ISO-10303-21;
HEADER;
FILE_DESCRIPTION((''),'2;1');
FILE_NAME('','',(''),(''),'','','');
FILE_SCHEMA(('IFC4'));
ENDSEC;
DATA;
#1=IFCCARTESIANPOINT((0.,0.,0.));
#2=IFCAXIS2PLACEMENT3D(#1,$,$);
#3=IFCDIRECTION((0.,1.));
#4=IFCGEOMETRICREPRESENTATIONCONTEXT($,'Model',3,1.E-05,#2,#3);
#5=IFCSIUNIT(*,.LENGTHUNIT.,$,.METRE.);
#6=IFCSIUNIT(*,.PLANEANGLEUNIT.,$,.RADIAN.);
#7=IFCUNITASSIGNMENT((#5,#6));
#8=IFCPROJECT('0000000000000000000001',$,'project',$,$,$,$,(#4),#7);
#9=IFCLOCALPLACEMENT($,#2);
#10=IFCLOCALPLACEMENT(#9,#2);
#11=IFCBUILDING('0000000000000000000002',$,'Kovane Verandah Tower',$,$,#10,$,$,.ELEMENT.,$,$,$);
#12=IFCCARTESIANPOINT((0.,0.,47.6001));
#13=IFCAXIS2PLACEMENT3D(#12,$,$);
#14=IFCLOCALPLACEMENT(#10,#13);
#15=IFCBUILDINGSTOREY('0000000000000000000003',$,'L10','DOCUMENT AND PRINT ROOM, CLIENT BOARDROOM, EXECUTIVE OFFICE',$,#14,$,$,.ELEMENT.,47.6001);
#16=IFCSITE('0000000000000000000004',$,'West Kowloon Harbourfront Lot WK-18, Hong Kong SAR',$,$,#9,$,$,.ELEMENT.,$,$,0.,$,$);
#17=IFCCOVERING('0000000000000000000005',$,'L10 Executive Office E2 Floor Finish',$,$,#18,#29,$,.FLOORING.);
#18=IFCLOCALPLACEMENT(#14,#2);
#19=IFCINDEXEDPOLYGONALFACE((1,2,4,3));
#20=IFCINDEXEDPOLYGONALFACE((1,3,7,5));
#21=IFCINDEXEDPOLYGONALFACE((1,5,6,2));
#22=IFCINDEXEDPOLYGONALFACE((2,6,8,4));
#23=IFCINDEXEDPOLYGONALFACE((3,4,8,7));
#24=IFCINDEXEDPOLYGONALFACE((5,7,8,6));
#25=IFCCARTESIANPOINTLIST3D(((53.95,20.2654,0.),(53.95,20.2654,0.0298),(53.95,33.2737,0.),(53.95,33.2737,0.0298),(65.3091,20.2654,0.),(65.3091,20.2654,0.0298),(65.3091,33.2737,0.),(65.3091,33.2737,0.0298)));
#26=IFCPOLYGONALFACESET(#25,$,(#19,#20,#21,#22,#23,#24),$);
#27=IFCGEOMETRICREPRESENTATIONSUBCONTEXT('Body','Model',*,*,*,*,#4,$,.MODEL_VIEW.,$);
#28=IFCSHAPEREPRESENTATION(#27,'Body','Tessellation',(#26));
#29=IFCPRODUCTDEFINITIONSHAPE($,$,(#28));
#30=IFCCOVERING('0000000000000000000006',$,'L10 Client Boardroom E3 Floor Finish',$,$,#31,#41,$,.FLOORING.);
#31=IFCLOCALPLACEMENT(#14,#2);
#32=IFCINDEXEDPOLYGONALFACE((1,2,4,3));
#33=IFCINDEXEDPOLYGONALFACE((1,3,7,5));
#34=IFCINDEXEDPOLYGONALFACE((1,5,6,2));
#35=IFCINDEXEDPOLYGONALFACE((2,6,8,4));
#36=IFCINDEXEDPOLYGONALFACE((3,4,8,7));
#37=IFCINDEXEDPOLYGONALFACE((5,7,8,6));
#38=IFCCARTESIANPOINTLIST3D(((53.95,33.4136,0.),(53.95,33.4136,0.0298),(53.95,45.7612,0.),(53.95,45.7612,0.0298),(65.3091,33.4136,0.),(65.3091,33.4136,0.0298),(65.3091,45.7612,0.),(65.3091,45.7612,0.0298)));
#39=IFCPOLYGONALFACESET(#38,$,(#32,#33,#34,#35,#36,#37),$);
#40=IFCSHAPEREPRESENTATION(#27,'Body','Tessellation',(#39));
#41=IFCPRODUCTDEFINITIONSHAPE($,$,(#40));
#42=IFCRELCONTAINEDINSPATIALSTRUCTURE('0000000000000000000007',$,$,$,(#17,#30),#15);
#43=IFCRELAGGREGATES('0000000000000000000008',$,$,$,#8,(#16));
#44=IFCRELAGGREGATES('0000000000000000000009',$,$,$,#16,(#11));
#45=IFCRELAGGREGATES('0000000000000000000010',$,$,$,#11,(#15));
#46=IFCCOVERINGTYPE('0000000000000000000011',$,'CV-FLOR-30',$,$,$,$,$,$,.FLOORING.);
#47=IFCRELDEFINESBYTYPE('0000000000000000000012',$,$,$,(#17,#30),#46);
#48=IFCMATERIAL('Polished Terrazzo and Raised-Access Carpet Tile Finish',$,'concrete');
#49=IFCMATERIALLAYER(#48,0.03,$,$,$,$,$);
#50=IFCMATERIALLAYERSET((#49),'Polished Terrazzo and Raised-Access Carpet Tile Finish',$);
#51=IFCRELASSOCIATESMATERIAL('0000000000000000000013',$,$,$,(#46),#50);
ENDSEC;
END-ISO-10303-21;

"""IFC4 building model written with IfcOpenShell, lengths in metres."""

from ifc_helpers import new_model, si_unit, direction, frame, origin, place, context, subcontext, project, spatial, polyline, outline, extrude, material, layer, layer_set, type_object, element, save


model = new_model("IFC4")

# Units and contexts
model_context = context("Model", 3, precision=1e-05, world=origin(), true_north=direction((0.0, 1.0)))
body_context = subcontext(model_context, "Body", "Model", "MODEL_VIEW")
ifc_project = project(units=[si_unit("LENGTHUNIT", "METRE"), si_unit("PLANEANGLEUNIT", "RADIAN")], contexts=[model_context])

# Site, building, storey
site_placement = place(None, origin())
site = spatial("IfcSite", under=ifc_project, at=site_placement, Name="West Kowloon Harbourfront Lot WK-18, Hong Kong SAR", CompositionType="ELEMENT", RefElevation=0.0)
building_placement = place(site_placement, origin())
building = spatial("IfcBuilding", under=site, at=building_placement, Name="Kovane Verandah Tower", CompositionType="ELEMENT")
storey_placement = place(building_placement, frame((0.0, 0.0, 47.6001)))
storey = spatial("IfcBuildingStorey", under=building, at=storey_placement, Name="L10", Description="DOCUMENT AND PRINT ROOM, CLIENT BOARDROOM, EXECUTIVE OFFICE", CompositionType="ELEMENT", Elevation=47.6001)

# Coverings
ifc_material_1 = material(Name="Polished Terrazzo and Raised-Access Carpet Tile Finish", Category="concrete")
ifc_layer_1 = layer(ifc_material_1, 0.03)
ifc_layer_set_1 = layer_set([ifc_layer_1], Name="Polished Terrazzo and Raised-Access Carpet Tile Finish")
covering_type_1 = type_object("IfcCoveringType", Name="CV-FLOR-30", PredefinedType="FLOORING", material=ifc_layer_set_1)
covering_1_placement = place(storey_placement, origin())
element("IfcCovering", 1, at=covering_1_placement, inside=storey, type_object=covering_type_1, Name="L10 Executive Office E2 Floor Finish", PredefinedType="FLOORING", context=body_context, shape_type="SweptSolid", body=[
    extrude(outline(polyline([(53.95, 20.2654), (65.3091, 20.2654), (65.3091, 33.2737), (53.95, 33.2737), (53.95, 20.2654)])), origin(), (0.0, 0.0, 1.0), 0.0298),
])
covering_2_placement = place(storey_placement, origin())
element("IfcCovering", 2, at=covering_2_placement, inside=storey, type_object=covering_type_1, Name="L10 Client Boardroom E3 Floor Finish", PredefinedType="FLOORING", context=body_context, shape_type="SweptSolid", body=[
    extrude(outline(polyline([(53.95, 33.4136), (65.3091, 33.4136), (65.3091, 45.7612), (53.95, 45.7612), (53.95, 33.4136)])), origin(), (0.0, 0.0, 1.0), 0.0298),
])

save(model, "model.ifc")
